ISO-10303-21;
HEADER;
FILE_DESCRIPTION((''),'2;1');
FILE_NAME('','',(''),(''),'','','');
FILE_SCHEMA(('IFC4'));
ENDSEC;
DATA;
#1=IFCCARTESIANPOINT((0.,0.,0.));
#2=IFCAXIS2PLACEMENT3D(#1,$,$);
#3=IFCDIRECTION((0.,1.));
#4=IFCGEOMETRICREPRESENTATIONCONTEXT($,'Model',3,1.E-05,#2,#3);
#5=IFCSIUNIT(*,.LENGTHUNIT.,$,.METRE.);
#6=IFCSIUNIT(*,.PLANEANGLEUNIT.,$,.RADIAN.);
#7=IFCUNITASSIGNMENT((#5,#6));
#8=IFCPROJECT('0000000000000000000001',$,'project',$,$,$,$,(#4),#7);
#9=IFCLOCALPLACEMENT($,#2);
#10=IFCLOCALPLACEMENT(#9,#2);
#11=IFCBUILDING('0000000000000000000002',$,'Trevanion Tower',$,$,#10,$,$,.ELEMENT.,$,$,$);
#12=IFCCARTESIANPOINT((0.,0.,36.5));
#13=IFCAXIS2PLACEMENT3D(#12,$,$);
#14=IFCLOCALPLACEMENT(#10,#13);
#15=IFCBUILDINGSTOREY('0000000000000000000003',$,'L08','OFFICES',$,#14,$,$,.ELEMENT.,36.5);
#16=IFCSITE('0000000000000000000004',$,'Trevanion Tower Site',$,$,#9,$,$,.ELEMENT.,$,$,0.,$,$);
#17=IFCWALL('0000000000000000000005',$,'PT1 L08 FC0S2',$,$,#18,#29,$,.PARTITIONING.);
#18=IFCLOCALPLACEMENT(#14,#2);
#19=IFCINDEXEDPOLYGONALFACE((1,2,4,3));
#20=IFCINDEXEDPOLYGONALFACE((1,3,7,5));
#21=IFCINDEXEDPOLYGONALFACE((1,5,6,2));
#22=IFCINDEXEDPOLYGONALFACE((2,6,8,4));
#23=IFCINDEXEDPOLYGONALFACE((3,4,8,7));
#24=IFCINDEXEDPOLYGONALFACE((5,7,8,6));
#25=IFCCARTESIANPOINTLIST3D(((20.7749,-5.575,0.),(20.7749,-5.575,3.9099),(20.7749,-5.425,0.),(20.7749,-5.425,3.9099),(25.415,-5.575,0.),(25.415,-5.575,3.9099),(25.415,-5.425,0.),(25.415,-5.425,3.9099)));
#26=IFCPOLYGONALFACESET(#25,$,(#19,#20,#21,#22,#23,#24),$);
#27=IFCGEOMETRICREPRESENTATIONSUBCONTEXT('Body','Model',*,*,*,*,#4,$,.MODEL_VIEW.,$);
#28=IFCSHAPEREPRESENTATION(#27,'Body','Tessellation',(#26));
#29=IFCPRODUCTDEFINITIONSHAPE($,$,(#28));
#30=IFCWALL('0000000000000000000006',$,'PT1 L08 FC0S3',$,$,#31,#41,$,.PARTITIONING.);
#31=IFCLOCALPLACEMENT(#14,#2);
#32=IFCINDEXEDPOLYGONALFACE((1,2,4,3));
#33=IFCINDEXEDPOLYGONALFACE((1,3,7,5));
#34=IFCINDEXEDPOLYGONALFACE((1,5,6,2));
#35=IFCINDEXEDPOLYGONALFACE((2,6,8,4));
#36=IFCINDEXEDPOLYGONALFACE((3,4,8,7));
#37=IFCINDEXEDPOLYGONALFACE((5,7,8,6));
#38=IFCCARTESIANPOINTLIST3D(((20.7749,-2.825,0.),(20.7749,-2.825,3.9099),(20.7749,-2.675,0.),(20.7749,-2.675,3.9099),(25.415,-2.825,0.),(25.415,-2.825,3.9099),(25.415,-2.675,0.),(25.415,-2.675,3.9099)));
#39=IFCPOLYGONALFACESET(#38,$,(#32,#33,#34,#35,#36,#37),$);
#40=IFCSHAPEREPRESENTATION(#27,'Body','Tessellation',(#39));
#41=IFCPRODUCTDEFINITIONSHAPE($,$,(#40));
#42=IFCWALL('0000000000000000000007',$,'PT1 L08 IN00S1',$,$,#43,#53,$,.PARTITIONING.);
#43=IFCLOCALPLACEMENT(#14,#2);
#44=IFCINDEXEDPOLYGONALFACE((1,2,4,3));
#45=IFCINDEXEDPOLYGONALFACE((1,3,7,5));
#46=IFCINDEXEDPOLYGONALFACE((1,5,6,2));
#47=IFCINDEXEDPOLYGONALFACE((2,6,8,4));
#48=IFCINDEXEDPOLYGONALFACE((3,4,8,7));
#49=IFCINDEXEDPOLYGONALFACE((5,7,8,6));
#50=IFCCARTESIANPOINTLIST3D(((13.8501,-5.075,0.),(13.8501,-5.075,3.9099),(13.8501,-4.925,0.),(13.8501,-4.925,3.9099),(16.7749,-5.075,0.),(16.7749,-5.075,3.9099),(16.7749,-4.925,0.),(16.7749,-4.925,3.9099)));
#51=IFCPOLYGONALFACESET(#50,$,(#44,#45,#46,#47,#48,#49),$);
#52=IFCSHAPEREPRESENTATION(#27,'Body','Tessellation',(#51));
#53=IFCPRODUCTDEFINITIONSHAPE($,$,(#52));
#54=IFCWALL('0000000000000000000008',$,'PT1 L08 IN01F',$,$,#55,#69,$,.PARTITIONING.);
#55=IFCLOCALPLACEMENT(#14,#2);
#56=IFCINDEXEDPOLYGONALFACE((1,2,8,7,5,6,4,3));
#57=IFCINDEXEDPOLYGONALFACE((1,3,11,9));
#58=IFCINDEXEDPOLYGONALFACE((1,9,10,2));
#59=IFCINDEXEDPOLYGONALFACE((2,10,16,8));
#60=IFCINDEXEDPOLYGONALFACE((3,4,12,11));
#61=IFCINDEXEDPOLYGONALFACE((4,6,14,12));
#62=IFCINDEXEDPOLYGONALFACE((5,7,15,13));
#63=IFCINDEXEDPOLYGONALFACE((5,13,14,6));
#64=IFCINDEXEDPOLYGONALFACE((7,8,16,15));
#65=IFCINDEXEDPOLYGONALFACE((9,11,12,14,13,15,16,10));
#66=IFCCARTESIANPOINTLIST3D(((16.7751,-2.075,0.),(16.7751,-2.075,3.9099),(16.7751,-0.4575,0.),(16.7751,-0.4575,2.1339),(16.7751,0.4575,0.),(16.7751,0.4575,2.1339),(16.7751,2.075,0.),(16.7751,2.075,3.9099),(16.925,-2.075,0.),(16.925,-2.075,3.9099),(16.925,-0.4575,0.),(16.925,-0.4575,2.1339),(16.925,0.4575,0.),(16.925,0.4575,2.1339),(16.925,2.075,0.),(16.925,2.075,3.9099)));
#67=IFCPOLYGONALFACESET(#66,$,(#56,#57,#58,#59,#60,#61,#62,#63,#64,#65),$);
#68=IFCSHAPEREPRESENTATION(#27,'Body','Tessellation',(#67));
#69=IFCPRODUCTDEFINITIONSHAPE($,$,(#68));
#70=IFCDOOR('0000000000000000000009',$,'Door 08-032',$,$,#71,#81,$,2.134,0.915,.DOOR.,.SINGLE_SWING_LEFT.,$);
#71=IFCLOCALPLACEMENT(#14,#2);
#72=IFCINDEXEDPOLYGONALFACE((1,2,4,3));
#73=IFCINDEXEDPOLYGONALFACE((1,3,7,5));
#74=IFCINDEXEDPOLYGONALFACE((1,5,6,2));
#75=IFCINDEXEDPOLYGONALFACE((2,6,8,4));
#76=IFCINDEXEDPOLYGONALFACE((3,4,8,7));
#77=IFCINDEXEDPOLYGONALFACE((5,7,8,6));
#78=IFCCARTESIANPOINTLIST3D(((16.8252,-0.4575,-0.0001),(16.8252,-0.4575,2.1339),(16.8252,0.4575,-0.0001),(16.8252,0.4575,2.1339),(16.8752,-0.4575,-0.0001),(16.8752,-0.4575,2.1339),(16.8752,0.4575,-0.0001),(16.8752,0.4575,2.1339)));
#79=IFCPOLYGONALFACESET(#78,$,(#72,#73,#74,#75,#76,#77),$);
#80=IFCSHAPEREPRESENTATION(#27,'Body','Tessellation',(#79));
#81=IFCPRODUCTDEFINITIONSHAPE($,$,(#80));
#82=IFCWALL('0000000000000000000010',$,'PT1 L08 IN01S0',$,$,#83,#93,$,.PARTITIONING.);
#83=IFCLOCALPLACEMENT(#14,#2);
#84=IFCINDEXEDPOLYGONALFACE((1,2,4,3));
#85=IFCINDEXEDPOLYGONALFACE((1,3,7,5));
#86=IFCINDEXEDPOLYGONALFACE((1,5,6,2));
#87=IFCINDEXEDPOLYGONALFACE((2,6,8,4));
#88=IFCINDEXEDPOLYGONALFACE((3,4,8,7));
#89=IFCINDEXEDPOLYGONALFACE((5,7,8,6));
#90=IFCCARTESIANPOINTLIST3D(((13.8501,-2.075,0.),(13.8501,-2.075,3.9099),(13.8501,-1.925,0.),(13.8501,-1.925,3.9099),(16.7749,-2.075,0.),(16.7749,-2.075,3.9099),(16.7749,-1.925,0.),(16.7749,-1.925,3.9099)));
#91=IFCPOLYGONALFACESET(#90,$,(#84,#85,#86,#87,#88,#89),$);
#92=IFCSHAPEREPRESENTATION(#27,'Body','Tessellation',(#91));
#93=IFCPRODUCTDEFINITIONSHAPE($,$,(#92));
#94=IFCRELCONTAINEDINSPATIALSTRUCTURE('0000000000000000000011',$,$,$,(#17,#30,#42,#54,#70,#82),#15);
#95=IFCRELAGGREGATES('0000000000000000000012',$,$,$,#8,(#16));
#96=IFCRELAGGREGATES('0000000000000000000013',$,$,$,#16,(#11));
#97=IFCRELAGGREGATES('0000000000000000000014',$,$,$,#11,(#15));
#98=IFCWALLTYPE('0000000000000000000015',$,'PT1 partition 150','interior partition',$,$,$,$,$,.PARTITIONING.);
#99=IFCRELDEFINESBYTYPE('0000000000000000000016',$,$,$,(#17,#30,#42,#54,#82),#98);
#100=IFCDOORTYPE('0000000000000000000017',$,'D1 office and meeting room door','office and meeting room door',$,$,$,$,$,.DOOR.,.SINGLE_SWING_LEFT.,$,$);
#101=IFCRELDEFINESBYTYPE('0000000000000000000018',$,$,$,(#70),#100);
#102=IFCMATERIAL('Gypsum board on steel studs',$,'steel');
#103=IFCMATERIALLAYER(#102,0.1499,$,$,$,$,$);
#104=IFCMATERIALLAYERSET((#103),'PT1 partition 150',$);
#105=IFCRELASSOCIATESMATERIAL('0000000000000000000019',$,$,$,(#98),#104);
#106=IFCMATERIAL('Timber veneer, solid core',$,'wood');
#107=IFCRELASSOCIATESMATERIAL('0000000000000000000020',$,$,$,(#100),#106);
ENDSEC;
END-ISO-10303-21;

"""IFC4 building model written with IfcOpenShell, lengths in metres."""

from ifc_helpers import new_model, si_unit, direction, frame, frame_2d, origin, place, context, subcontext, project, spatial, rectangle, extrude, material, layer, layer_set, type_object, element, fill, save


model = new_model("IFC4")

# Units and contexts
model_context = context("Model", 3, precision=1e-05, world=origin(), true_north=direction((0.0, 1.0)))
body_context = subcontext(model_context, "Body", "Model", "MODEL_VIEW")
ifc_project = project(units=[si_unit("LENGTHUNIT", "METRE"), si_unit("PLANEANGLEUNIT", "RADIAN")], contexts=[model_context])

# Site, building, storey
site_placement = place(None, origin())
site = spatial("IfcSite", under=ifc_project, at=site_placement, Name="Trevanion Tower Site", CompositionType="ELEMENT", RefElevation=0.0)
building_placement = place(site_placement, origin())
building = spatial("IfcBuilding", under=site, at=building_placement, Name="Trevanion Tower", CompositionType="ELEMENT")
storey_placement = place(building_placement, frame((0.0, 0.0, 36.5)))
storey = spatial("IfcBuildingStorey", under=building, at=storey_placement, Name="L08", Description="OFFICES", CompositionType="ELEMENT", Elevation=36.5)

# Walls
ifc_material_1 = material(Name="Gypsum board on steel studs", Category="steel")
ifc_layer_1 = layer(ifc_material_1, 0.1499)
ifc_layer_set_1 = layer_set([ifc_layer_1], Name="PT1 partition 150")
wall_type = type_object("IfcWallType", Name="PT1 partition 150", Description="interior partition", PredefinedType="PARTITIONING", material=ifc_layer_set_1)
for number, where, z_axis, x_axis, name in (
    (1, (20.7749, -5.5, 0.0), (0.0, 0.0, 1.0), (1.0, 0.0, 0.0), "PT1 L08 FC0S2"),
    (2, (20.7749, -2.75, 0.0), (0.0, 0.0, 1.0), (1.0, 0.0, 0.0), "PT1 L08 FC0S3"),
):
    element("IfcWall", number, at=place(storey_placement, frame(where, z_axis=z_axis, x_axis=x_axis)), inside=storey, type_object=wall_type, Name=name, PredefinedType="PARTITIONING", context=body_context, shape_type="SweptSolid", body=[
        extrude(rectangle(XDim=4.6401, YDim=0.1499, at=frame_2d((2.3201, 0.0))), origin(), (0.0, 0.0, 1.0), 3.9099),
    ])
wall_1_placement = place(storey_placement, frame((16.7749, -5.0, 0.0), z_axis=(0.0, 0.0, 1.0), x_axis=(-1.0, 0.0, 0.0)))
element("IfcWall", 3, at=wall_1_placement, inside=storey, type_object=wall_type, Name="PT1 L08 IN00S1", PredefinedType="PARTITIONING", context=body_context, shape_type="SweptSolid", body=[
    extrude(rectangle(XDim=2.9248, YDim=0.1499, at=frame_2d((1.4624, 0.0))), origin(), (0.0, 0.0, 1.0), 3.9099),
])

# Wall, opening, door
wall_2_placement = place(storey_placement, frame((16.8501, -2.075, 0.0), z_axis=(0.0, 0.0, 1.0), x_axis=(0.0, 1.0, 0.0)))
wall_2 = element("IfcWall", 4, at=wall_2_placement, inside=storey, type_object=wall_type, Name="PT1 L08 IN01F", PredefinedType="PARTITIONING", context=body_context, shape_type="SweptSolid", body=[
    extrude(rectangle(XDim=4.1499, YDim=0.1499, at=frame_2d((2.075, 0.0))), origin(), (0.0, 0.0, 1.0), 3.9099),
])
opening_placement = place(wall_2_placement, frame((1.6174, 0.0, 0.0)))
opening = element("IfcOpeningElement", 5, at=opening_placement, cuts=wall_2, PredefinedType="OPENING", context=body_context, shape_type="SweptSolid", body=[
    extrude(rectangle(XDim=0.915, YDim=2.134, at=frame_2d((0.4575, 1.0669))), frame((0.0, 0.085, 0.0), z_axis=(0.0, -1.0, 0.0), x_axis=(1.0, 0.0, 0.0)), (0.0, 0.0, 1.0), 0.1699),
])
ifc_material_2 = material(Name="Timber veneer, solid core", Category="wood")
door_type = type_object("IfcDoorType", Name="D1 office and meeting room door", Description="office and meeting room door", OperationType="SINGLE_SWING_LEFT", PredefinedType="DOOR", material=ifc_material_2)
door_placement = place(opening_placement, origin())
door = element("IfcDoor", 6, at=door_placement, inside=storey, type_object=door_type, Name="Door 08-032", OperationType="SINGLE_SWING_LEFT", OverallHeight=2.134, OverallWidth=0.915, PredefinedType="DOOR", context=body_context, shape_type="SweptSolid", body=[
    extrude(rectangle(XDim=0.915, YDim=2.134, at=frame_2d((0.4575, 1.0669))), frame((0.0, 0.0249, 0.0), z_axis=(0.0, -1.0, 0.0), x_axis=(1.0, 0.0, 0.0)), (0.0, 0.0, 1.0), 0.05),
])
fill(opening, door)

# Wall
wall_3_placement = place(storey_placement, frame((16.7749, -2.0, 0.0), z_axis=(0.0, 0.0, 1.0), x_axis=(-1.0, 0.0, 0.0)))
element("IfcWall", 7, at=wall_3_placement, inside=storey, type_object=wall_type, Name="PT1 L08 IN01S0", PredefinedType="PARTITIONING", context=body_context, shape_type="SweptSolid", body=[
    extrude(rectangle(XDim=2.9248, YDim=0.1499, at=frame_2d((1.4624, 0.0))), origin(), (0.0, 0.0, 1.0), 3.9099),
])

save(model, "model.ifc")
